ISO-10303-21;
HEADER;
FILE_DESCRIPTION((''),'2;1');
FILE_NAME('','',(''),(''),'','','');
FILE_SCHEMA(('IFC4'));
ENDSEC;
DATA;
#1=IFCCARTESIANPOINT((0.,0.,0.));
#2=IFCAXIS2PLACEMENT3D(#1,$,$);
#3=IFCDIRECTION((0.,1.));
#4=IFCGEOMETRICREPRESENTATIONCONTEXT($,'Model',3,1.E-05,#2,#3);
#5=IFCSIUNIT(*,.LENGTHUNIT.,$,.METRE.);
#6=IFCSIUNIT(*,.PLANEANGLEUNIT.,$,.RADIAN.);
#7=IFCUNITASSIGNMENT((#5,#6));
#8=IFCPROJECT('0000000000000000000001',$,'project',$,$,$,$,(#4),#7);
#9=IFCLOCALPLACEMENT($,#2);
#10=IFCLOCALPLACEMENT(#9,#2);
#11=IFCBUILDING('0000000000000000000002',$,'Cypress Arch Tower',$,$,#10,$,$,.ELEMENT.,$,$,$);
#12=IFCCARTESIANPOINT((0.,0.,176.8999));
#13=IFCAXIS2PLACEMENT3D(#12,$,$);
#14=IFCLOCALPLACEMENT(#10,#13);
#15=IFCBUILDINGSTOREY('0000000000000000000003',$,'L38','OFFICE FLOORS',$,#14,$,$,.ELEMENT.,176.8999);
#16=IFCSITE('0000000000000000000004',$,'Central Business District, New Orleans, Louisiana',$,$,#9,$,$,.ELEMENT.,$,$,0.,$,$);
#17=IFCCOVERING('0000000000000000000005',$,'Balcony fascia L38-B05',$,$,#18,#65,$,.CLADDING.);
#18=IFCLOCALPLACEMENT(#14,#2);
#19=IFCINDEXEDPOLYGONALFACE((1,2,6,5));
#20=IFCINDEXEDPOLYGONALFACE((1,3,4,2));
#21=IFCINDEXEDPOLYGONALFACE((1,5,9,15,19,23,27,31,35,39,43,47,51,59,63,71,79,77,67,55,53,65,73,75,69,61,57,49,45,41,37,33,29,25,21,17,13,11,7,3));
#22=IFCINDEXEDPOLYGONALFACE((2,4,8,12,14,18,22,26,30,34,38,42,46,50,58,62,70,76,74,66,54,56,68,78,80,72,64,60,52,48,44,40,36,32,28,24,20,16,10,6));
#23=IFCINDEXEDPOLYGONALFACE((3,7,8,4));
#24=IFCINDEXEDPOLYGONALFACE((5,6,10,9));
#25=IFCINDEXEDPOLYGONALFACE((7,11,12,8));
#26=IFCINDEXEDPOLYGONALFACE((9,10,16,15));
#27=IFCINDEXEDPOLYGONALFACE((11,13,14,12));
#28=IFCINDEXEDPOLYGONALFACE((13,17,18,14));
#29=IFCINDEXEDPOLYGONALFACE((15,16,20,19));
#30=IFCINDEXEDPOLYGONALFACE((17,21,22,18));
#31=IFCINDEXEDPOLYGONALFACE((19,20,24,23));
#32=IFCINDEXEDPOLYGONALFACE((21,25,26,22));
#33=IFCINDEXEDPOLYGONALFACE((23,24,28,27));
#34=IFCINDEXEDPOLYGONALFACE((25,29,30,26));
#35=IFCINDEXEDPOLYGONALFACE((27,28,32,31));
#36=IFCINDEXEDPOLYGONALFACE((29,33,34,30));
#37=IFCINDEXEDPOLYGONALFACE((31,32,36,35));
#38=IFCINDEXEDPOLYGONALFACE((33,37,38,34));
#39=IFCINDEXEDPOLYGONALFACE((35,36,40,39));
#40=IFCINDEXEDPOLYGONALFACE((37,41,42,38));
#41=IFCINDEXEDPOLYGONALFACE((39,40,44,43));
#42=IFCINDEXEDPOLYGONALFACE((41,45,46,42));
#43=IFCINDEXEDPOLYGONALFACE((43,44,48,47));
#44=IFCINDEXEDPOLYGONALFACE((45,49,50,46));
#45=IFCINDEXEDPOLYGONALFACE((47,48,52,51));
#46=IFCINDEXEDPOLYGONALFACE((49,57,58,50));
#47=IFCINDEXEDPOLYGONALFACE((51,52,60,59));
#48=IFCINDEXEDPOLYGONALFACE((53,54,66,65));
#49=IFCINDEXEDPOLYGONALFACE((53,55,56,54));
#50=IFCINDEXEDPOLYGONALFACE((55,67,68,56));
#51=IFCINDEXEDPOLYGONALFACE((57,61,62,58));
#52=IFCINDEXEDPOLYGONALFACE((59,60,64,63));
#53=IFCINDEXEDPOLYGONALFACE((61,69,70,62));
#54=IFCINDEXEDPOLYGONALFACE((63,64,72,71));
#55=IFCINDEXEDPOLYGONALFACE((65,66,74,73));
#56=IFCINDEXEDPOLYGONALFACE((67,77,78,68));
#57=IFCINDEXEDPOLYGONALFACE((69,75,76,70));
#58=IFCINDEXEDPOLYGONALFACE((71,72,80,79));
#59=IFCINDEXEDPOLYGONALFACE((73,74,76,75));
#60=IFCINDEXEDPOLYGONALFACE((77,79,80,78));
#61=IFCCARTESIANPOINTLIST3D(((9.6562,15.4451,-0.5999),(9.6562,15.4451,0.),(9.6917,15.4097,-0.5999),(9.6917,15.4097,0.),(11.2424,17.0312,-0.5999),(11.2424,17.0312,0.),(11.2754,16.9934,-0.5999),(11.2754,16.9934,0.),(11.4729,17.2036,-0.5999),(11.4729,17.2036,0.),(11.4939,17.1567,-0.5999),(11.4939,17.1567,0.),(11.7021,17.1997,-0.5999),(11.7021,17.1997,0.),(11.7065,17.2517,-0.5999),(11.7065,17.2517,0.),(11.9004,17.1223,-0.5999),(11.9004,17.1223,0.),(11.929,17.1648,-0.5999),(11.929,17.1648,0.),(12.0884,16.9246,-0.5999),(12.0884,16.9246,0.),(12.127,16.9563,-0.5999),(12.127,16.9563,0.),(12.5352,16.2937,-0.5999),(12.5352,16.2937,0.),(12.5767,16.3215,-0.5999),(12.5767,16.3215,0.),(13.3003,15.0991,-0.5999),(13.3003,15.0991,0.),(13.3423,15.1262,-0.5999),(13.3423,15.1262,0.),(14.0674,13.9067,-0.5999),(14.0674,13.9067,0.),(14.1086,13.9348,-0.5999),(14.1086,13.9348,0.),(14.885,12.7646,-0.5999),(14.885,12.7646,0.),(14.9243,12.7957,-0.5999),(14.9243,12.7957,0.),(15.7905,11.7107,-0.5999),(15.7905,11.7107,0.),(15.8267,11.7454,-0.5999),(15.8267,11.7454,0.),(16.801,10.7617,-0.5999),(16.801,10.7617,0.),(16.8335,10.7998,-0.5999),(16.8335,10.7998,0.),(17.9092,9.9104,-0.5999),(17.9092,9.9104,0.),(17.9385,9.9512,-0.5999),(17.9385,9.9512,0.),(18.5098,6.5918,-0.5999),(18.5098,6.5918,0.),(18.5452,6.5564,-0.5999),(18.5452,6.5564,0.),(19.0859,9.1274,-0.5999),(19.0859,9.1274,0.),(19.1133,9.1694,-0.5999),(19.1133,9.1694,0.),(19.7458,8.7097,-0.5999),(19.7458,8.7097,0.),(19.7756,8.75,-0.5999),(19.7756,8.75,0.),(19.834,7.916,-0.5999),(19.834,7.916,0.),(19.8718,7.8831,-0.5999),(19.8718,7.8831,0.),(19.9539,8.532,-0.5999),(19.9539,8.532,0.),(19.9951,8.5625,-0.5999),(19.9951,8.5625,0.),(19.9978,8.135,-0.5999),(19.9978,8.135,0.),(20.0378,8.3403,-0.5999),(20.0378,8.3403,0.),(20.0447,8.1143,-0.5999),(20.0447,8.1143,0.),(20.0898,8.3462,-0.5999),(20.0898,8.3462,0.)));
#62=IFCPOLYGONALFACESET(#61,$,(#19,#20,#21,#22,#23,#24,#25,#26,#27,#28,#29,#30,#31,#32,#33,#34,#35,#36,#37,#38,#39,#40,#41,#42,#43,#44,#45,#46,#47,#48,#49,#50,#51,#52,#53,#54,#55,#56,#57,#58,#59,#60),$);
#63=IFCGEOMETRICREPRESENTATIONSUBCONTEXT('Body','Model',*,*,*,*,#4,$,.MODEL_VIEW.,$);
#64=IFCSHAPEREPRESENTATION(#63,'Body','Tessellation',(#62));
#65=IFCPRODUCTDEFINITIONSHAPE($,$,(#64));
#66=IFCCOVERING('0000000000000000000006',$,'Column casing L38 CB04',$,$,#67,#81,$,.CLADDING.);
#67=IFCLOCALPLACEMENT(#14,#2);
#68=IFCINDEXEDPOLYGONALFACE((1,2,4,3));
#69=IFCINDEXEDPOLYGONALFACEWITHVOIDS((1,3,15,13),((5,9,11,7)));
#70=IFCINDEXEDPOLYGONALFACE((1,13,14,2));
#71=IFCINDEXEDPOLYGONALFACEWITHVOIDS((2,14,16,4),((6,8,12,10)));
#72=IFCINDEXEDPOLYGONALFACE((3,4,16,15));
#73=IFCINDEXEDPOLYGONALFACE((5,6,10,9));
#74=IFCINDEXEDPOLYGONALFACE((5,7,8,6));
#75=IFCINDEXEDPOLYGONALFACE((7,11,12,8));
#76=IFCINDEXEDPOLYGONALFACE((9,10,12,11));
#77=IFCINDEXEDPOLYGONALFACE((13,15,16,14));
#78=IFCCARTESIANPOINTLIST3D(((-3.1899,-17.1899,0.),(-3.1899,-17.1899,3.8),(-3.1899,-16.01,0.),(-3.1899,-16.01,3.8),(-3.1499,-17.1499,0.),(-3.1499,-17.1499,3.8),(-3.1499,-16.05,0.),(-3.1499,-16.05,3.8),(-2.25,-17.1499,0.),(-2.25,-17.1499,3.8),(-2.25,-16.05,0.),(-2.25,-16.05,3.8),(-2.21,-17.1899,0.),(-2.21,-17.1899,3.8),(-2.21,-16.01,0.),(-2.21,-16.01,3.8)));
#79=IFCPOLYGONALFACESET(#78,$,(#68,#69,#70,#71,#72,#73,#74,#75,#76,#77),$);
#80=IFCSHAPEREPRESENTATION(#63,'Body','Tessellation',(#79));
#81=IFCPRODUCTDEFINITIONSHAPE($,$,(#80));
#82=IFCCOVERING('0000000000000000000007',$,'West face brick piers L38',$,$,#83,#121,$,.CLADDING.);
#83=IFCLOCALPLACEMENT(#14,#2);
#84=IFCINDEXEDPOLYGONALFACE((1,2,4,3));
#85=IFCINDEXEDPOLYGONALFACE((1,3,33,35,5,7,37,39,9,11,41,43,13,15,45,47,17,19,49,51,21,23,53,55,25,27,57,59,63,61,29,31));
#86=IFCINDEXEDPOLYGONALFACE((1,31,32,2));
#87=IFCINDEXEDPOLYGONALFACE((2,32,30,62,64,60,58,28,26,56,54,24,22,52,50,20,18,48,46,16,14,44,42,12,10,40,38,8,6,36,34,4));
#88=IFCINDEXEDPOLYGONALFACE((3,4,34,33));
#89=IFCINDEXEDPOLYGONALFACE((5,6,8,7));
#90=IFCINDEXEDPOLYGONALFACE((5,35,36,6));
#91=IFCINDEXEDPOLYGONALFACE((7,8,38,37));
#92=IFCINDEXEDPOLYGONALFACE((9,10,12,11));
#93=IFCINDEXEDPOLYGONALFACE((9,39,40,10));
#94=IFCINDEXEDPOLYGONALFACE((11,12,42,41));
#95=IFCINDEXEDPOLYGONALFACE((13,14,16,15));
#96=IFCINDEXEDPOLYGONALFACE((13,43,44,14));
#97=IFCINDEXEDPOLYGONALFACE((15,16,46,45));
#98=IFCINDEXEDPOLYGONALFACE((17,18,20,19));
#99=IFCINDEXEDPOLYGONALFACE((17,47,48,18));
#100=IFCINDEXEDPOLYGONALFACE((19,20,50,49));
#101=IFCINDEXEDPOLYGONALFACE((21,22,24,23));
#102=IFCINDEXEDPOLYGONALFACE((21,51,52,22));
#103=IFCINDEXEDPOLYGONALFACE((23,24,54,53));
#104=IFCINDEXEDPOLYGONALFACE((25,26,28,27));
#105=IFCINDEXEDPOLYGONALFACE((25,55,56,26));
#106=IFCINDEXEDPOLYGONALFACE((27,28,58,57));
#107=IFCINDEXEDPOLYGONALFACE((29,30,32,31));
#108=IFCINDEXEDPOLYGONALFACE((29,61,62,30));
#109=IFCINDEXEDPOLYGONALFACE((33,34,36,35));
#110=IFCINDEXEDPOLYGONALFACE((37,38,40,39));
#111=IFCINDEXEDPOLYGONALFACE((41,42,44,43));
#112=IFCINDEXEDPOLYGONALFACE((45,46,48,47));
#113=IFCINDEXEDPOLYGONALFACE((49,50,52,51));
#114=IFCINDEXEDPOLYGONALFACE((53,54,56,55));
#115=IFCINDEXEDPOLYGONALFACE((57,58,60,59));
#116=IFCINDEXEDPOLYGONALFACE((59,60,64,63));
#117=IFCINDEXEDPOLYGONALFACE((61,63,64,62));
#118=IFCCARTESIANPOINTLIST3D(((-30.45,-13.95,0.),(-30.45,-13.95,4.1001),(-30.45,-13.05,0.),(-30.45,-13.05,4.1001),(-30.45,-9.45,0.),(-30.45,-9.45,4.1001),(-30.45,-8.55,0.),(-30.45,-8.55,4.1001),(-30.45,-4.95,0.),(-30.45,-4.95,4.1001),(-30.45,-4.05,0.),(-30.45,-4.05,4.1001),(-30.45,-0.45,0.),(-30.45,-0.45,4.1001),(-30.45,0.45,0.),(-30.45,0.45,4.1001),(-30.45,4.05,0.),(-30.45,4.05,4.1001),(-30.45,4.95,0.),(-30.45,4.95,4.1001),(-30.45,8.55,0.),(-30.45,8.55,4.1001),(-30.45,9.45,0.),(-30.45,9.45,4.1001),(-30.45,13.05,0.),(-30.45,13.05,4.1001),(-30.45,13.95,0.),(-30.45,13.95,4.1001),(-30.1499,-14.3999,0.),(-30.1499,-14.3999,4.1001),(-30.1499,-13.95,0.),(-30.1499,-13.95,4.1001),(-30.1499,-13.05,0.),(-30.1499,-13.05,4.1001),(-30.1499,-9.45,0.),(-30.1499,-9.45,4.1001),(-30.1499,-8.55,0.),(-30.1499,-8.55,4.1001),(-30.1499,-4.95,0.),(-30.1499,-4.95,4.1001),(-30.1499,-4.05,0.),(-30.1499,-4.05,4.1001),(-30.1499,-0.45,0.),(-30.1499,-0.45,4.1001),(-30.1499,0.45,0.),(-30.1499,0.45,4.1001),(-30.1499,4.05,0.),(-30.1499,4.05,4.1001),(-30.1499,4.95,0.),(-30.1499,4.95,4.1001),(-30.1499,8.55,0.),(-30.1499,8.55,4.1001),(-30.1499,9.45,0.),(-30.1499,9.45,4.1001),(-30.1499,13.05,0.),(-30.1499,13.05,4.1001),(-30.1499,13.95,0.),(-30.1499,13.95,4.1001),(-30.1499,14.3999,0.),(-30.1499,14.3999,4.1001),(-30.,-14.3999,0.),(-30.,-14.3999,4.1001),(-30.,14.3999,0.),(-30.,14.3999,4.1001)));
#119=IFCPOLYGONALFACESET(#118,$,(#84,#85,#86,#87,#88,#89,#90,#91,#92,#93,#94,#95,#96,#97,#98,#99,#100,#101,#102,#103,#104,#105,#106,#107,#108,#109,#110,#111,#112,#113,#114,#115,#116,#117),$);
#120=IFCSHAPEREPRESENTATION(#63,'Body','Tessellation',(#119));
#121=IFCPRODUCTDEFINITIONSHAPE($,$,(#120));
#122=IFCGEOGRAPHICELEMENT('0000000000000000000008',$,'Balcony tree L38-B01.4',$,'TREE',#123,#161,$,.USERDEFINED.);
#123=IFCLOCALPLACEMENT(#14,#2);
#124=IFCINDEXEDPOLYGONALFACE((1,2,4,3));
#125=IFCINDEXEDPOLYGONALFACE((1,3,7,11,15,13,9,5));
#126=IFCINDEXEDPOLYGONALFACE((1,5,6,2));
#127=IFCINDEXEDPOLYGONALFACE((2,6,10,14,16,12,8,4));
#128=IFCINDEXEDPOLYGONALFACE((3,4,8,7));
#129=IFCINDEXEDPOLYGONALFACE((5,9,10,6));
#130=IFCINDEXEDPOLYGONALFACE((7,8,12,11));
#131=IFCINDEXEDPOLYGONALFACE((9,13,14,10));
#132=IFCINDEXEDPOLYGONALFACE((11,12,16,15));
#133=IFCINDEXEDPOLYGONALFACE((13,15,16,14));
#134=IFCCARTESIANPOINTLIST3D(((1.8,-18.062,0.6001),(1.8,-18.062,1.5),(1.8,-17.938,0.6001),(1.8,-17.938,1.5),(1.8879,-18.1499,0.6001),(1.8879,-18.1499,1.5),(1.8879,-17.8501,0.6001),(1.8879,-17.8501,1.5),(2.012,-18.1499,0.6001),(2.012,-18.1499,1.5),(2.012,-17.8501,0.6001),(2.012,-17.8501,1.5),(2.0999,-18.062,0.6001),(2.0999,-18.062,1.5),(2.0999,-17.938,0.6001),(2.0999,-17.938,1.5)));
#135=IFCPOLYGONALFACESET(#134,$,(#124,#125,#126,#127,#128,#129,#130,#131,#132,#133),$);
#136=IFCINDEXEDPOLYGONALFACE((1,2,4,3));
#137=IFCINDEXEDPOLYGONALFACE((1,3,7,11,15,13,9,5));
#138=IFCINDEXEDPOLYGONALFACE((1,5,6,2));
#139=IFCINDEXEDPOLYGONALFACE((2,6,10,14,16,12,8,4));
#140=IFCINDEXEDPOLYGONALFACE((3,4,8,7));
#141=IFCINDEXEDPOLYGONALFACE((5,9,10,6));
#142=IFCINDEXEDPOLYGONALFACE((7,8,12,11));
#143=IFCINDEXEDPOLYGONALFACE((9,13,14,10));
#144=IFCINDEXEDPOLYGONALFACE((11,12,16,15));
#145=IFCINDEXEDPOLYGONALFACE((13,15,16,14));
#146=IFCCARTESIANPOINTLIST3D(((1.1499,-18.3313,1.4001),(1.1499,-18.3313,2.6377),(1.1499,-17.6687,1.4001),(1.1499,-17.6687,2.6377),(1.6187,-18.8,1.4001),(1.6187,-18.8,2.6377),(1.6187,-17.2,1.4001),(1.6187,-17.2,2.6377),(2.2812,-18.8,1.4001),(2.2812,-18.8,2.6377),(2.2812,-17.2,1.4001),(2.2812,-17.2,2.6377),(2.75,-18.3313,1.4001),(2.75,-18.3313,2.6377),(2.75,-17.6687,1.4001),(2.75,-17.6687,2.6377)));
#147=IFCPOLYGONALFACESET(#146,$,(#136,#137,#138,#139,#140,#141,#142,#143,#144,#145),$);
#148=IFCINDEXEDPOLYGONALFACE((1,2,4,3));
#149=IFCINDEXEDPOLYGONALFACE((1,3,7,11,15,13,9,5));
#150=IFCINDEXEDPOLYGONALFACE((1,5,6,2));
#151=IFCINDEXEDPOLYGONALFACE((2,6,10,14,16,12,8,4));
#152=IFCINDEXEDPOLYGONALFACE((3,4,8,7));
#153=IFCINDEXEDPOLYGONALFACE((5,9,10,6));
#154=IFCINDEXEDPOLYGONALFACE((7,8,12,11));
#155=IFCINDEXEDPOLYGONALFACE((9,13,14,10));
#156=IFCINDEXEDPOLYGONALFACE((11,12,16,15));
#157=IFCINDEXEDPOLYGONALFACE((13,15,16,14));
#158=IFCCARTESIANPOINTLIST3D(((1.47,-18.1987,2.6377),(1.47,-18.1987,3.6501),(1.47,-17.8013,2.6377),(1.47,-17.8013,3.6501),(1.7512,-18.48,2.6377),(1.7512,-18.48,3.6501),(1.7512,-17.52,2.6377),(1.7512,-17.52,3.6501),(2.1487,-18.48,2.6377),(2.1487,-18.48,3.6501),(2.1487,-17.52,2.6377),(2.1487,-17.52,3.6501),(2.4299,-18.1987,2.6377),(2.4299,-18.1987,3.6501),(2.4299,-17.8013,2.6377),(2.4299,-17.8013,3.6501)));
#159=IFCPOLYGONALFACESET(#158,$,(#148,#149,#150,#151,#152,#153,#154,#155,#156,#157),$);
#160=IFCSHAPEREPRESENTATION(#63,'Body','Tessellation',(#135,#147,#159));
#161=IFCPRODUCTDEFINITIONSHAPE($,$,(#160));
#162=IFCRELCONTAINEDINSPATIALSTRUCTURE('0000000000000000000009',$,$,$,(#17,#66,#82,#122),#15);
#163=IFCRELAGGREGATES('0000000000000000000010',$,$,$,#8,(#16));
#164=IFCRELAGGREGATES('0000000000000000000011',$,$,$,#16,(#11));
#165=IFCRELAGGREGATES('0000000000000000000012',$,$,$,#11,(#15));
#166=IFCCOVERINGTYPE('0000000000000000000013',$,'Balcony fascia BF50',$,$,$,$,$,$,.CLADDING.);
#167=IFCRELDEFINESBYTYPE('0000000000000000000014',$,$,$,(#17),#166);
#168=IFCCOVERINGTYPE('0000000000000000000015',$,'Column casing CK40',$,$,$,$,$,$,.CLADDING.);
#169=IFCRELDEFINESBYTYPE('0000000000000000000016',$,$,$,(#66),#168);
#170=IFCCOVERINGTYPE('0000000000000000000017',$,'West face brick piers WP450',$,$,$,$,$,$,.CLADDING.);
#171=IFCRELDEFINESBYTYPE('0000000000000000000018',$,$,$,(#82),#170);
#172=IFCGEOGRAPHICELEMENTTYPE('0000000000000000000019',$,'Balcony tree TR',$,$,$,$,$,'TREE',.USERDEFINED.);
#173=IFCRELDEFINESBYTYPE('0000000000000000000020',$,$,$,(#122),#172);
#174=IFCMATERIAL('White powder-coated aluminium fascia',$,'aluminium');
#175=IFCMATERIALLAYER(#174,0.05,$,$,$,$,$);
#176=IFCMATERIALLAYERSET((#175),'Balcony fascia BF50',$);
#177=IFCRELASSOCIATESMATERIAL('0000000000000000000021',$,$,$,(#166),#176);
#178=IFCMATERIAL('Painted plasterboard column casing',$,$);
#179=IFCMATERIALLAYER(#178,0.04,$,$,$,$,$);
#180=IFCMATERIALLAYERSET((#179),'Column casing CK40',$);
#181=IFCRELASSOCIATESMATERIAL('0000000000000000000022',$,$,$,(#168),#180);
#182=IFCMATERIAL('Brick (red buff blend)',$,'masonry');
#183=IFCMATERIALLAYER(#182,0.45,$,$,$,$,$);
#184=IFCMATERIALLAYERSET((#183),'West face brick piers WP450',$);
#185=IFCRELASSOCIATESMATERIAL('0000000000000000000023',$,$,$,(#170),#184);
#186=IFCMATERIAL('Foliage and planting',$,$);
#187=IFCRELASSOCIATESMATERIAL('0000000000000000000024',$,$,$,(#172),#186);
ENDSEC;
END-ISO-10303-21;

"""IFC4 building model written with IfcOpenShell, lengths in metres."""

from ifc_helpers import new_model, si_unit, direction, frame, origin, place, context, subcontext, project, spatial, polyline, outline, extrude, material, layer, layer_set, type_object, element, save


model = new_model("IFC4")

# Units and contexts
model_context = context("Model", 3, precision=1e-05, world=origin(), true_north=direction((0.0, 1.0)))
body_context = subcontext(model_context, "Body", "Model", "MODEL_VIEW")
ifc_project = project(units=[si_unit("LENGTHUNIT", "METRE"), si_unit("PLANEANGLEUNIT", "RADIAN")], contexts=[model_context])

# Site, building, storey
site_placement = place(None, origin())
site = spatial("IfcSite", under=ifc_project, at=site_placement, Name="Central Business District, New Orleans, Louisiana", CompositionType="ELEMENT", RefElevation=0.0)
building_placement = place(site_placement, origin())
building = spatial("IfcBuilding", under=site, at=building_placement, Name="Cypress Arch Tower", CompositionType="ELEMENT")
storey_placement = place(building_placement, frame((0.0, 0.0, 176.8999)))
storey = spatial("IfcBuildingStorey", under=building, at=storey_placement, Name="L38", Description="OFFICE FLOORS", CompositionType="ELEMENT", Elevation=176.8999)

# Coverings
ifc_material_1 = material(Name="White powder-coated aluminium fascia", Category="aluminium")
ifc_layer_1 = layer(ifc_material_1, 0.05)
ifc_layer_set_1 = layer_set([ifc_layer_1], Name="Balcony fascia BF50")
covering_type_1 = type_object("IfcCoveringType", Name="Balcony fascia BF50", PredefinedType="CLADDING", material=ifc_layer_set_1)
covering_1_placement = place(storey_placement, frame((0.0, 0.0, -0.5999)))
element("IfcCovering", 1, at=covering_1_placement, inside=storey, type_object=covering_type_1, Name="Balcony fascia L38-B05", PredefinedType="CLADDING", context=body_context, shape_type="SweptSolid", body=[
    extrude(outline(polyline([(11.2424, 17.0312), (11.4729, 17.2036), (11.7065, 17.2517), (11.929, 17.1648), (12.127, 16.9563), (12.5767, 16.3215), (13.3423, 15.1262), (14.1086, 13.9348), (14.9243, 12.7957), (15.8267, 11.7454), (16.8335, 10.7998), (17.9385, 9.9512), (19.1133, 9.1694), (19.7756, 8.75), (19.9951, 8.5625), (20.0898, 8.3462), (20.0447, 8.1143), (19.8718, 7.8831), (18.5452, 6.5564), (18.5098, 6.5918), (19.834, 7.916), (19.9978, 8.135), (20.0378, 8.3403), (19.9539, 8.532), (19.7458, 8.7097), (19.0859, 9.1274), (17.9092, 9.9104), (16.801, 10.7617), (15.7905, 11.7107), (14.885, 12.7646), (14.0674, 13.9067), (13.3003, 15.0991), (12.5352, 16.2937), (12.0884, 16.9246), (11.9004, 17.1223), (11.7021, 17.1997), (11.4939, 17.1567), (11.2754, 16.9934), (9.6917, 15.4097), (9.6562, 15.4451), (11.2424, 17.0312)])), origin(), (0.0, 0.0, 1.0), 0.5999),
])
ifc_material_2 = material(Name="Painted plasterboard column casing")
ifc_layer_2 = layer(ifc_material_2, 0.04)
ifc_layer_set_2 = layer_set([ifc_layer_2], Name="Column casing CK40")
covering_type_2 = type_object("IfcCoveringType", Name="Column casing CK40", PredefinedType="CLADDING", material=ifc_layer_set_2)
covering_2_placement = place(storey_placement, origin())
element("IfcCovering", 2, at=covering_2_placement, inside=storey, type_object=covering_type_2, Name="Column casing L38 CB04", PredefinedType="CLADDING", context=body_context, shape_type="SweptSolid", body=[
    extrude(outline(polyline([(-3.1899, -17.1899), (-3.1899, -16.01), (-2.21, -16.01), (-2.21, -17.1899), (-3.1899, -17.1899)]), holes=[polyline([(-3.1499, -17.1499), (-2.25, -17.1499), (-2.25, -16.05), (-3.1499, -16.05), (-3.1499, -17.1499)])]), origin(), (0.0, 0.0, 1.0), 3.8),
])
ifc_material_3 = material(Name="Brick (red buff blend)", Category="masonry")
ifc_layer_3 = layer(ifc_material_3, 0.45)
ifc_layer_set_3 = layer_set([ifc_layer_3], Name="West face brick piers WP450")
covering_type_3 = type_object("IfcCoveringType", Name="West face brick piers WP450", PredefinedType="CLADDING", material=ifc_layer_set_3)
covering_3_placement = place(storey_placement, origin())
element("IfcCovering", 3, at=covering_3_placement, inside=storey, type_object=covering_type_3, Name="West face brick piers L38", PredefinedType="CLADDING", context=body_context, shape_type="SweptSolid", body=[
    extrude(outline(polyline([(-30.1499, -13.05), (-30.1499, -9.45), (-30.45, -9.45), (-30.45, -8.55), (-30.1499, -8.55), (-30.1499, -4.95), (-30.45, -4.95), (-30.45, -4.05), (-30.1499, -4.05), (-30.1499, -0.45), (-30.45, -0.45), (-30.45, 0.45), (-30.1499, 0.45), (-30.1499, 4.05), (-30.45, 4.05), (-30.45, 4.95), (-30.1499, 4.95), (-30.1499, 8.55), (-30.45, 8.55), (-30.45, 9.45), (-30.1499, 9.45), (-30.1499, 13.05), (-30.45, 13.05), (-30.45, 13.95), (-30.1499, 13.95), (-30.1499, 14.3999), (-30.0, 14.3999), (-30.0, -14.3999), (-30.1499, -14.3999), (-30.1499, -13.95), (-30.45, -13.95), (-30.45, -13.05), (-30.1499, -13.05)])), origin(), (0.0, 0.0, 1.0), 4.1001),
])

# Geographic element
ifc_material_4 = material(Name="Foliage and planting")
geographic_element_type = type_object("IfcGeographicElementType", Name="Balcony tree TR", ElementType="TREE", PredefinedType="USERDEFINED", material=ifc_material_4)
for number, where, z_axis, x_axis, name in (
    (4, (1.95, -18.0, 0.6001), (0.0, 0.0, 1.0), (1.0, 0.0, 0.0), "Balcony tree L38-B01.4"),
):
    element("IfcGeographicElement", number, at=place(storey_placement, frame(where, z_axis=z_axis, x_axis=x_axis)), inside=storey, type_object=geographic_element_type, Name=name, ObjectType="TREE", PredefinedType="USERDEFINED", context=body_context, shape_type="SweptSolid", body=[
        extrude(outline(polyline([(0.1499, 0.062), (0.062, 0.1499), (-0.062, 0.1499), (-0.1499, 0.062), (-0.1499, -0.062), (-0.062, -0.1499), (0.062, -0.1499), (0.1499, -0.062), (0.1499, 0.062)])), origin(), (0.0, 0.0, 1.0), 0.8999),
        extrude(outline(polyline([(0.8, 0.3313), (0.3313, 0.8), (-0.3313, 0.8), (-0.8, 0.3313), (-0.8, -0.3313), (-0.3313, -0.8), (0.3313, -0.8), (0.8, -0.3313), (0.8, 0.3313)])), frame((0.0, 0.0, 0.8)), (0.0, 0.0, 1.0), 1.2375),
        extrude(outline(polyline([(0.48, 0.1987), (0.1987, 0.48), (-0.1987, 0.48), (-0.48, 0.1987), (-0.48, -0.1987), (-0.1987, -0.48), (0.1987, -0.48), (0.48, -0.1987), (0.48, 0.1987)])), frame((0.0, 0.0, 2.0376)), (0.0, 0.0, 1.0), 1.0125),
    ])

save(model, "model.ifc")
